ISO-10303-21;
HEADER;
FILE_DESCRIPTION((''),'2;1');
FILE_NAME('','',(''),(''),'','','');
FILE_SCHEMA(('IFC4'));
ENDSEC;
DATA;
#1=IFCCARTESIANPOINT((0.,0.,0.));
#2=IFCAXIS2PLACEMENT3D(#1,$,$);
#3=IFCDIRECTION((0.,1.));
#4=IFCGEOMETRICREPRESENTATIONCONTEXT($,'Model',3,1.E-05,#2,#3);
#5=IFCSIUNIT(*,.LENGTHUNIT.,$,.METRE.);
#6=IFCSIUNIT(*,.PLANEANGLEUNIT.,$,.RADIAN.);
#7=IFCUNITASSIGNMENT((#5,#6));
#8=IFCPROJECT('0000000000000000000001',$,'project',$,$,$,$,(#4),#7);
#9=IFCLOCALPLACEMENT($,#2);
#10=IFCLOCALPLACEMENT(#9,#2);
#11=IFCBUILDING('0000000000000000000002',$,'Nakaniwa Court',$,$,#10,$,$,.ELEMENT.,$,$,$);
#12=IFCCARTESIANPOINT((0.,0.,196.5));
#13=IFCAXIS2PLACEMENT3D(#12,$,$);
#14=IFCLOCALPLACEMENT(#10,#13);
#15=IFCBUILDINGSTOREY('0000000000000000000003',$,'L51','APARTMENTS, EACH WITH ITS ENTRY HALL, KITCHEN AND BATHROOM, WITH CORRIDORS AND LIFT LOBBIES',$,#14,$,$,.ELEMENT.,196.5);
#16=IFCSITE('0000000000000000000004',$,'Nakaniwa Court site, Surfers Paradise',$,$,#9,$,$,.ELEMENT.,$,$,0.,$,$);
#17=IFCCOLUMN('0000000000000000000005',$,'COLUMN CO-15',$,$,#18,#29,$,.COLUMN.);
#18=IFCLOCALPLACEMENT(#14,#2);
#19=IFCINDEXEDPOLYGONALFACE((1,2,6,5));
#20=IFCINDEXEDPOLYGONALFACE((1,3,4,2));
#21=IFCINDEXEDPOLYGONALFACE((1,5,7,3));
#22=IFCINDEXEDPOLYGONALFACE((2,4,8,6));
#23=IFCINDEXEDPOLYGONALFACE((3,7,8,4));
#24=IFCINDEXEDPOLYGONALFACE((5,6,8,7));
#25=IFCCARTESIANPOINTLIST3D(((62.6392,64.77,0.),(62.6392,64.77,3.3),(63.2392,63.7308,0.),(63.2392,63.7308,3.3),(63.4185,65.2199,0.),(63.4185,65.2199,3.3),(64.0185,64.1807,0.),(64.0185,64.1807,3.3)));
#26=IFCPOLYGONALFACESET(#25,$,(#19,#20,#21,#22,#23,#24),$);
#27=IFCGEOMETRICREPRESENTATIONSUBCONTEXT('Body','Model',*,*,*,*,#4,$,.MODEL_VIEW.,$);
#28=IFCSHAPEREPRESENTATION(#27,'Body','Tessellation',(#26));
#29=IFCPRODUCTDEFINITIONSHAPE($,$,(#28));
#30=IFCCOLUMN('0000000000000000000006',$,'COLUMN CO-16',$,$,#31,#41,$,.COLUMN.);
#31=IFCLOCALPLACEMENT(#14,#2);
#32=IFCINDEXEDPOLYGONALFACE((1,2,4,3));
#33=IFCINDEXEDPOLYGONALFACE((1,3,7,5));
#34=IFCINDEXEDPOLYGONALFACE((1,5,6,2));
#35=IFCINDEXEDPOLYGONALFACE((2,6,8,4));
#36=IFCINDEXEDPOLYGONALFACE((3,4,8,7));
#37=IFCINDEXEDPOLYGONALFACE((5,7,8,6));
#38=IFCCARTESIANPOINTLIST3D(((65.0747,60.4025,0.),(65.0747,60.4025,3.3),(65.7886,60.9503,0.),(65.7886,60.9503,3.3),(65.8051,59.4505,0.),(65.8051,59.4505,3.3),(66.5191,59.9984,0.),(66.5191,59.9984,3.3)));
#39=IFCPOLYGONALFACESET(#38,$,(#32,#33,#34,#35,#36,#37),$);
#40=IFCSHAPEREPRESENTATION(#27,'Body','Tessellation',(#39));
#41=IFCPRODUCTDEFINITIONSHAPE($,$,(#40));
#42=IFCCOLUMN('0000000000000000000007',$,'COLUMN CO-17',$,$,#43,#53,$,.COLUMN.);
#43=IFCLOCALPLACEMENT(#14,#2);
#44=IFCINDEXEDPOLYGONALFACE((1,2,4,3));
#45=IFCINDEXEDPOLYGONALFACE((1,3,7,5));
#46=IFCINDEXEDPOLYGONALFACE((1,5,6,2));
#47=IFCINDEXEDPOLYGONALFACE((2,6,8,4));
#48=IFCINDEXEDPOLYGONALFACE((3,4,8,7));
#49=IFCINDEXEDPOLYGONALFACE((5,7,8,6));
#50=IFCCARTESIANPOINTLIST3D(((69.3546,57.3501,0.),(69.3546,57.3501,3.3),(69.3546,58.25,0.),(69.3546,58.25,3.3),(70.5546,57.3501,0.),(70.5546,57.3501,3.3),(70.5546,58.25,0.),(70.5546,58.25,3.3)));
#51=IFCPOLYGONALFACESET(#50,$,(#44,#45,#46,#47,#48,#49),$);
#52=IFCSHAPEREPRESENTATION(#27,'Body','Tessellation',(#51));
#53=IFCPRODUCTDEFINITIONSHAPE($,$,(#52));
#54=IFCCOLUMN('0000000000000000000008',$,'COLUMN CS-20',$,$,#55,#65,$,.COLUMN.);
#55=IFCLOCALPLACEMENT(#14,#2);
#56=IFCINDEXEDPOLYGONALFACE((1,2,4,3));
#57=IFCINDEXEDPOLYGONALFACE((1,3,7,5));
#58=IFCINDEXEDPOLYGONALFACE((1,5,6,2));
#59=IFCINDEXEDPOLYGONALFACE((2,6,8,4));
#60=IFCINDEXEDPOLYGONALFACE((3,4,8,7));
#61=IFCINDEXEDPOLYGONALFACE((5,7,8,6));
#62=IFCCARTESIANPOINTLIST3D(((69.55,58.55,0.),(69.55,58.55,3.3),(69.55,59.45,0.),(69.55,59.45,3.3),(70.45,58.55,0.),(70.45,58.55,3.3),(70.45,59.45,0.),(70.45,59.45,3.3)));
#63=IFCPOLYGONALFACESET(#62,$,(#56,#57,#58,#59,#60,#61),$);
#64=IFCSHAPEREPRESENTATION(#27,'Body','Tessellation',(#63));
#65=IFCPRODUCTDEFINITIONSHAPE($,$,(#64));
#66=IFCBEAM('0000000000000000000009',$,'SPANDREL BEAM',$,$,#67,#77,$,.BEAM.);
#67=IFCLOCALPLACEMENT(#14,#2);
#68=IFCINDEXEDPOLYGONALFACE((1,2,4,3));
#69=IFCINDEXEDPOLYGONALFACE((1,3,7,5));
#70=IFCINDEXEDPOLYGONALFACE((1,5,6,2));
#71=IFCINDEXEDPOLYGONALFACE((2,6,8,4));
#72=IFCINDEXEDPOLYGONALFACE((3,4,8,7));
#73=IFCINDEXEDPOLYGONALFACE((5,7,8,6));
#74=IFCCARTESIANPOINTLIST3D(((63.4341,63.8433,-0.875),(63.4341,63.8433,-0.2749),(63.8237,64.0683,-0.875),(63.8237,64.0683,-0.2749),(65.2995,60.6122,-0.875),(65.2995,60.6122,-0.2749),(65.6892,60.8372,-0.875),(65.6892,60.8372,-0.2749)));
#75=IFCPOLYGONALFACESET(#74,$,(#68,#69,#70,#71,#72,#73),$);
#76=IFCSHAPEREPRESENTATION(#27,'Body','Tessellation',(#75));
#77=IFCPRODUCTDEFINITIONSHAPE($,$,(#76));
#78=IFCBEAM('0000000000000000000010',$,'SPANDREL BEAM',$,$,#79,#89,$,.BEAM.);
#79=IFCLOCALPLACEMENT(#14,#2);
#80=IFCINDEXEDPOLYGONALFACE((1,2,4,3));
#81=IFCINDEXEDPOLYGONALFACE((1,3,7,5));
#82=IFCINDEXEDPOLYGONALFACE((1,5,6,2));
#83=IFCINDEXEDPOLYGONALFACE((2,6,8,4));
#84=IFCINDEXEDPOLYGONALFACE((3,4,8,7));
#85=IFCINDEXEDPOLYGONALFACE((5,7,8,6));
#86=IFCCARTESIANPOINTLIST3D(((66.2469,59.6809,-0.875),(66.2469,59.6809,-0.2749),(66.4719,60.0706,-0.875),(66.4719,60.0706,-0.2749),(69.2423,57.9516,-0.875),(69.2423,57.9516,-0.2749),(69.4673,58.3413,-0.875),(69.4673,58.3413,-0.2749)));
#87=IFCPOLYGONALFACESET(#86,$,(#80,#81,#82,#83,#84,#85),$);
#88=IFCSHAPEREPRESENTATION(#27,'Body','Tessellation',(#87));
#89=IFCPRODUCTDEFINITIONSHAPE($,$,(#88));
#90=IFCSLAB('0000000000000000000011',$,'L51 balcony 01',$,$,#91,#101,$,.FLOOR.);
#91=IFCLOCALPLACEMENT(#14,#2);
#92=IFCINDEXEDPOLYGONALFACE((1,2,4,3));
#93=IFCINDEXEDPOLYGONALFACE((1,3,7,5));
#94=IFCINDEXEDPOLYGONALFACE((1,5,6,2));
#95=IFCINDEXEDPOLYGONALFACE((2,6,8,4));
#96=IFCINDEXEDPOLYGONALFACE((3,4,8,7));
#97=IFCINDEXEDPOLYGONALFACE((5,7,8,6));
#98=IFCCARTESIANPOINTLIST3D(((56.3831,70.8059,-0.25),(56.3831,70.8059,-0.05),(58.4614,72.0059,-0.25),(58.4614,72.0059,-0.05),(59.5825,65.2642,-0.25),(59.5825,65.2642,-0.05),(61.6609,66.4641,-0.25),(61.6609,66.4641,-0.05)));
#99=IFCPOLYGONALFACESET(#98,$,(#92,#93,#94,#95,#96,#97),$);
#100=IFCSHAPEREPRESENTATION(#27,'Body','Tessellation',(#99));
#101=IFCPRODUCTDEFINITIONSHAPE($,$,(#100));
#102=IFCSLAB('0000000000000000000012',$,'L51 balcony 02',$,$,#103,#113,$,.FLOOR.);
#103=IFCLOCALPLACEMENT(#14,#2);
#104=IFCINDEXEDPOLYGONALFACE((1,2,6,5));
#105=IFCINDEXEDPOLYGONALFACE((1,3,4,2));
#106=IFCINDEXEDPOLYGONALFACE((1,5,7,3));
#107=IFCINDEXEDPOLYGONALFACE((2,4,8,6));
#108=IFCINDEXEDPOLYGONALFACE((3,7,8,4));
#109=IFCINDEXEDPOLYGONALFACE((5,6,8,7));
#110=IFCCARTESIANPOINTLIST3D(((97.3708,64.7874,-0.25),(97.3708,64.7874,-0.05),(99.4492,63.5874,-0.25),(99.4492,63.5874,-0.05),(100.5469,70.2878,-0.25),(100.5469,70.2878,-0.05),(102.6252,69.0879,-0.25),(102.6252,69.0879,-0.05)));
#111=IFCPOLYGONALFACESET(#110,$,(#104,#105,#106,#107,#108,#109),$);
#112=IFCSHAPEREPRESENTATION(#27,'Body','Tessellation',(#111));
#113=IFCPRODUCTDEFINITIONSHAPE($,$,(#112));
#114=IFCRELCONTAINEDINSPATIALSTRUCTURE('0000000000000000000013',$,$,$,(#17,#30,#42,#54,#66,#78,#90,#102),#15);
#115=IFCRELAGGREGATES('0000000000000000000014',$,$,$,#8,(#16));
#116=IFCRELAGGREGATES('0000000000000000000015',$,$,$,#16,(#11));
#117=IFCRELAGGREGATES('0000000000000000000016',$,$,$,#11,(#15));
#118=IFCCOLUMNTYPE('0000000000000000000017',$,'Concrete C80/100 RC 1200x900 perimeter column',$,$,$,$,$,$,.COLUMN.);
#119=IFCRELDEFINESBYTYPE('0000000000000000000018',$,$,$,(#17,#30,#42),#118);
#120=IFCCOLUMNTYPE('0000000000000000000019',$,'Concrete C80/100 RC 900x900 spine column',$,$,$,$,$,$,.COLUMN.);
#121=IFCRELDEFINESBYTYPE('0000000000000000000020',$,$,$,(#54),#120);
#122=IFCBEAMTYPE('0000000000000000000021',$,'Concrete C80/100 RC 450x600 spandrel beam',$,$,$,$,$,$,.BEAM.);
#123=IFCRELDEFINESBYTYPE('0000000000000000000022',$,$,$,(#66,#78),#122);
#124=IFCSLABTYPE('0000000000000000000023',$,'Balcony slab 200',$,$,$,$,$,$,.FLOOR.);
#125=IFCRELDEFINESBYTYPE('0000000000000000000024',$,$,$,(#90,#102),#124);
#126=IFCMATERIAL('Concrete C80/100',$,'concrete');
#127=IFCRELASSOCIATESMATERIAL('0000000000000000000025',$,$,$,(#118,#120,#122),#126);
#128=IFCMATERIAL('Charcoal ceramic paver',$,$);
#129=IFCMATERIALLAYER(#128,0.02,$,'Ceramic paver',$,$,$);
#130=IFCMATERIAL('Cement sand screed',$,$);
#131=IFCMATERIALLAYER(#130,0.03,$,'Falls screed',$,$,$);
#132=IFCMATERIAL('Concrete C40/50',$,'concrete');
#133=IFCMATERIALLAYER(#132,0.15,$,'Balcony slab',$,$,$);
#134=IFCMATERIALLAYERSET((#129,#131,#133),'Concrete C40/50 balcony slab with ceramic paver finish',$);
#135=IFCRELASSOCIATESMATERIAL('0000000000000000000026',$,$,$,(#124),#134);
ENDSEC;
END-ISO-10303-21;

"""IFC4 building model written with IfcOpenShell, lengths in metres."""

from ifc_helpers import new_model, si_unit, direction, frame, origin, origin_2d, place, context, subcontext, project, spatial, polyline, rectangle, outline, extrude, material, layer, layer_set, material_profile, profile_set, type_object, element, save


model = new_model("IFC4")

# Units and contexts
model_context = context("Model", 3, precision=1e-05, world=origin(), true_north=direction((0.0, 1.0)))
body_context = subcontext(model_context, "Body", "Model", "MODEL_VIEW")
ifc_project = project(units=[si_unit("LENGTHUNIT", "METRE"), si_unit("PLANEANGLEUNIT", "RADIAN")], contexts=[model_context])

# Site, building, storey
site_placement = place(None, origin())
site = spatial("IfcSite", under=ifc_project, at=site_placement, Name="Nakaniwa Court site, Surfers Paradise", CompositionType="ELEMENT", RefElevation=0.0)
building_placement = place(site_placement, origin())
building = spatial("IfcBuilding", under=site, at=building_placement, Name="Nakaniwa Court", CompositionType="ELEMENT")
storey_placement = place(building_placement, frame((0.0, 0.0, 196.5)))
storey = spatial("IfcBuildingStorey", under=building, at=storey_placement, Name="L51", Description="APARTMENTS, EACH WITH ITS ENTRY HALL, KITCHEN AND BATHROOM, WITH CORRIDORS AND LIFT LOBBIES", CompositionType="ELEMENT", Elevation=196.5)

# Columns
ifc_material_1 = material(Name="Concrete C80/100", Category="concrete")
ifc_material_profile_1 = material_profile(ifc_material_1, rectangle(XDim=1.2, YDim=0.8999, at=origin_2d()), Name="Concrete C80/100 RC 1200x900 perimeter column")
ifc_profile_set_1 = profile_set([ifc_material_profile_1], Name="Concrete C80/100")
column_type_1 = type_object("IfcColumnType", Name="Concrete C80/100 RC 1200x900 perimeter column", PredefinedType="COLUMN", material=ifc_profile_set_1)
for number, where, z_axis, x_axis, name in (
    (1, (63.3289, 64.4753, 0.0), (0.0, 0.0, 1.0), (0.5, -0.866025, 0.0), "COLUMN CO-15"),
    (2, (65.7969, 60.2004, 0.0), (0.0, 0.0, 1.0), (0.608761, -0.793353, 0.0), "COLUMN CO-16"),
    (3, (69.9546, 57.8, 0.0), (0.0, 0.0, 1.0), (1.0, 0.0, 0.0), "COLUMN CO-17"),
):
    element("IfcColumn", number, at=place(storey_placement, frame(where, z_axis=z_axis, x_axis=x_axis)), inside=storey, type_object=column_type_1, Name=name, PredefinedType="COLUMN", context=body_context, shape_type="SweptSolid", body=[
        extrude(rectangle(XDim=1.2, YDim=0.8999, at=origin_2d()), origin(), (0.0, 0.0, 1.0), 3.3),
    ])
ifc_material_profile_2 = material_profile(ifc_material_1, rectangle(XDim=0.8999, YDim=0.8999, at=origin_2d()), Name="Concrete C80/100 RC 900x900 spine column")
ifc_profile_set_2 = profile_set([ifc_material_profile_2], Name="Concrete C80/100")
column_type_2 = type_object("IfcColumnType", Name="Concrete C80/100 RC 900x900 spine column", PredefinedType="COLUMN", material=ifc_profile_set_2)
column_placement = place(storey_placement, frame((70.0, 59.0, 0.0), z_axis=(0.0, 0.0, 1.0), x_axis=(0.0, -1.0, 0.0)))
element("IfcColumn", 4, at=column_placement, inside=storey, type_object=column_type_2, Name="COLUMN CS-20", PredefinedType="COLUMN", context=body_context, shape_type="SweptSolid", body=[
    extrude(rectangle(XDim=0.8999, YDim=0.8999, at=origin_2d()), origin(), (0.0, 0.0, 1.0), 3.3),
])

# Beams
ifc_material_profile_3 = material_profile(ifc_material_1, rectangle(XDim=0.45, YDim=0.6001, at=origin_2d()), Name="Concrete C80/100 RC 450x600 spandrel beam")
ifc_profile_set_3 = profile_set([ifc_material_profile_3], Name="Concrete C80/100")
beam_type = type_object("IfcBeamType", Name="Concrete C80/100 RC 450x600 spandrel beam", PredefinedType="BEAM", material=ifc_profile_set_3)
beam_1_placement = place(storey_placement, frame((63.6289, 63.9558, -0.575), z_axis=(0.499989, -0.866032, 0.0), x_axis=(0.866032, 0.499989, 0.0)))
element("IfcBeam", 5, at=beam_1_placement, inside=storey, type_object=beam_type, Name="SPANDREL BEAM", PredefinedType="BEAM", context=body_context, shape_type="SweptSolid", body=[
    extrude(rectangle(XDim=0.45, YDim=0.6001, at=origin_2d()), origin(), (0.0, 0.0, 1.0), 3.731),
])
beam_2_placement = place(storey_placement, frame((66.3594, 59.8757, -0.575), z_axis=(0.866041, -0.499973, 0.0), x_axis=(0.499973, 0.866041, 0.0)))
element("IfcBeam", 6, at=beam_2_placement, inside=storey, type_object=beam_type, Name="SPANDREL BEAM", PredefinedType="BEAM", context=body_context, shape_type="SweptSolid", body=[
    extrude(rectangle(XDim=0.45, YDim=0.6001, at=origin_2d()), origin(), (0.0, 0.0, 1.0), 3.4587),
])

# Slabs
ifc_material_2 = material(Name="Charcoal ceramic paver")
ifc_layer_1 = layer(ifc_material_2, 0.02, Name="Ceramic paver")
ifc_material_3 = material(Name="Cement sand screed")
ifc_layer_2 = layer(ifc_material_3, 0.03, Name="Falls screed")
ifc_material_4 = material(Name="Concrete C40/50", Category="concrete")
ifc_layer_3 = layer(ifc_material_4, 0.15, Name="Balcony slab")
ifc_layer_set_1 = layer_set([ifc_layer_1, ifc_layer_2, ifc_layer_3], Name="Concrete C40/50 balcony slab with ceramic paver finish")
slab_type_1 = type_object("IfcSlabType", Name="Balcony slab 200", PredefinedType="FLOOR", material=ifc_layer_set_1)
slab_1_placement = place(storey_placement, frame((0.0, 0.0, -0.25)))
element("IfcSlab", 7, at=slab_1_placement, inside=storey, type_object=slab_type_1, Name="L51 balcony 01", PredefinedType="FLOOR", context=body_context, shape_type="SweptSolid", body=[
    extrude(outline(polyline([(58.4614, 72.0059), (61.6609, 66.4641), (59.5825, 65.2642), (56.3831, 70.8059), (58.4614, 72.0059)])), origin(), (0.0, 0.0, 1.0), 0.2),
])
slab_2_placement = place(storey_placement, frame((0.0, 0.0, -0.25)))
element("IfcSlab", 8, at=slab_2_placement, inside=storey, type_object=slab_type_1, Name="L51 balcony 02", PredefinedType="FLOOR", context=body_context, shape_type="SweptSolid", body=[
    extrude(outline(polyline([(97.3708, 64.7874), (100.5469, 70.2878), (102.6252, 69.0879), (99.4492, 63.5874), (97.3708, 64.7874)])), origin(), (0.0, 0.0, 1.0), 0.2),
])

save(model, "model.ifc")
